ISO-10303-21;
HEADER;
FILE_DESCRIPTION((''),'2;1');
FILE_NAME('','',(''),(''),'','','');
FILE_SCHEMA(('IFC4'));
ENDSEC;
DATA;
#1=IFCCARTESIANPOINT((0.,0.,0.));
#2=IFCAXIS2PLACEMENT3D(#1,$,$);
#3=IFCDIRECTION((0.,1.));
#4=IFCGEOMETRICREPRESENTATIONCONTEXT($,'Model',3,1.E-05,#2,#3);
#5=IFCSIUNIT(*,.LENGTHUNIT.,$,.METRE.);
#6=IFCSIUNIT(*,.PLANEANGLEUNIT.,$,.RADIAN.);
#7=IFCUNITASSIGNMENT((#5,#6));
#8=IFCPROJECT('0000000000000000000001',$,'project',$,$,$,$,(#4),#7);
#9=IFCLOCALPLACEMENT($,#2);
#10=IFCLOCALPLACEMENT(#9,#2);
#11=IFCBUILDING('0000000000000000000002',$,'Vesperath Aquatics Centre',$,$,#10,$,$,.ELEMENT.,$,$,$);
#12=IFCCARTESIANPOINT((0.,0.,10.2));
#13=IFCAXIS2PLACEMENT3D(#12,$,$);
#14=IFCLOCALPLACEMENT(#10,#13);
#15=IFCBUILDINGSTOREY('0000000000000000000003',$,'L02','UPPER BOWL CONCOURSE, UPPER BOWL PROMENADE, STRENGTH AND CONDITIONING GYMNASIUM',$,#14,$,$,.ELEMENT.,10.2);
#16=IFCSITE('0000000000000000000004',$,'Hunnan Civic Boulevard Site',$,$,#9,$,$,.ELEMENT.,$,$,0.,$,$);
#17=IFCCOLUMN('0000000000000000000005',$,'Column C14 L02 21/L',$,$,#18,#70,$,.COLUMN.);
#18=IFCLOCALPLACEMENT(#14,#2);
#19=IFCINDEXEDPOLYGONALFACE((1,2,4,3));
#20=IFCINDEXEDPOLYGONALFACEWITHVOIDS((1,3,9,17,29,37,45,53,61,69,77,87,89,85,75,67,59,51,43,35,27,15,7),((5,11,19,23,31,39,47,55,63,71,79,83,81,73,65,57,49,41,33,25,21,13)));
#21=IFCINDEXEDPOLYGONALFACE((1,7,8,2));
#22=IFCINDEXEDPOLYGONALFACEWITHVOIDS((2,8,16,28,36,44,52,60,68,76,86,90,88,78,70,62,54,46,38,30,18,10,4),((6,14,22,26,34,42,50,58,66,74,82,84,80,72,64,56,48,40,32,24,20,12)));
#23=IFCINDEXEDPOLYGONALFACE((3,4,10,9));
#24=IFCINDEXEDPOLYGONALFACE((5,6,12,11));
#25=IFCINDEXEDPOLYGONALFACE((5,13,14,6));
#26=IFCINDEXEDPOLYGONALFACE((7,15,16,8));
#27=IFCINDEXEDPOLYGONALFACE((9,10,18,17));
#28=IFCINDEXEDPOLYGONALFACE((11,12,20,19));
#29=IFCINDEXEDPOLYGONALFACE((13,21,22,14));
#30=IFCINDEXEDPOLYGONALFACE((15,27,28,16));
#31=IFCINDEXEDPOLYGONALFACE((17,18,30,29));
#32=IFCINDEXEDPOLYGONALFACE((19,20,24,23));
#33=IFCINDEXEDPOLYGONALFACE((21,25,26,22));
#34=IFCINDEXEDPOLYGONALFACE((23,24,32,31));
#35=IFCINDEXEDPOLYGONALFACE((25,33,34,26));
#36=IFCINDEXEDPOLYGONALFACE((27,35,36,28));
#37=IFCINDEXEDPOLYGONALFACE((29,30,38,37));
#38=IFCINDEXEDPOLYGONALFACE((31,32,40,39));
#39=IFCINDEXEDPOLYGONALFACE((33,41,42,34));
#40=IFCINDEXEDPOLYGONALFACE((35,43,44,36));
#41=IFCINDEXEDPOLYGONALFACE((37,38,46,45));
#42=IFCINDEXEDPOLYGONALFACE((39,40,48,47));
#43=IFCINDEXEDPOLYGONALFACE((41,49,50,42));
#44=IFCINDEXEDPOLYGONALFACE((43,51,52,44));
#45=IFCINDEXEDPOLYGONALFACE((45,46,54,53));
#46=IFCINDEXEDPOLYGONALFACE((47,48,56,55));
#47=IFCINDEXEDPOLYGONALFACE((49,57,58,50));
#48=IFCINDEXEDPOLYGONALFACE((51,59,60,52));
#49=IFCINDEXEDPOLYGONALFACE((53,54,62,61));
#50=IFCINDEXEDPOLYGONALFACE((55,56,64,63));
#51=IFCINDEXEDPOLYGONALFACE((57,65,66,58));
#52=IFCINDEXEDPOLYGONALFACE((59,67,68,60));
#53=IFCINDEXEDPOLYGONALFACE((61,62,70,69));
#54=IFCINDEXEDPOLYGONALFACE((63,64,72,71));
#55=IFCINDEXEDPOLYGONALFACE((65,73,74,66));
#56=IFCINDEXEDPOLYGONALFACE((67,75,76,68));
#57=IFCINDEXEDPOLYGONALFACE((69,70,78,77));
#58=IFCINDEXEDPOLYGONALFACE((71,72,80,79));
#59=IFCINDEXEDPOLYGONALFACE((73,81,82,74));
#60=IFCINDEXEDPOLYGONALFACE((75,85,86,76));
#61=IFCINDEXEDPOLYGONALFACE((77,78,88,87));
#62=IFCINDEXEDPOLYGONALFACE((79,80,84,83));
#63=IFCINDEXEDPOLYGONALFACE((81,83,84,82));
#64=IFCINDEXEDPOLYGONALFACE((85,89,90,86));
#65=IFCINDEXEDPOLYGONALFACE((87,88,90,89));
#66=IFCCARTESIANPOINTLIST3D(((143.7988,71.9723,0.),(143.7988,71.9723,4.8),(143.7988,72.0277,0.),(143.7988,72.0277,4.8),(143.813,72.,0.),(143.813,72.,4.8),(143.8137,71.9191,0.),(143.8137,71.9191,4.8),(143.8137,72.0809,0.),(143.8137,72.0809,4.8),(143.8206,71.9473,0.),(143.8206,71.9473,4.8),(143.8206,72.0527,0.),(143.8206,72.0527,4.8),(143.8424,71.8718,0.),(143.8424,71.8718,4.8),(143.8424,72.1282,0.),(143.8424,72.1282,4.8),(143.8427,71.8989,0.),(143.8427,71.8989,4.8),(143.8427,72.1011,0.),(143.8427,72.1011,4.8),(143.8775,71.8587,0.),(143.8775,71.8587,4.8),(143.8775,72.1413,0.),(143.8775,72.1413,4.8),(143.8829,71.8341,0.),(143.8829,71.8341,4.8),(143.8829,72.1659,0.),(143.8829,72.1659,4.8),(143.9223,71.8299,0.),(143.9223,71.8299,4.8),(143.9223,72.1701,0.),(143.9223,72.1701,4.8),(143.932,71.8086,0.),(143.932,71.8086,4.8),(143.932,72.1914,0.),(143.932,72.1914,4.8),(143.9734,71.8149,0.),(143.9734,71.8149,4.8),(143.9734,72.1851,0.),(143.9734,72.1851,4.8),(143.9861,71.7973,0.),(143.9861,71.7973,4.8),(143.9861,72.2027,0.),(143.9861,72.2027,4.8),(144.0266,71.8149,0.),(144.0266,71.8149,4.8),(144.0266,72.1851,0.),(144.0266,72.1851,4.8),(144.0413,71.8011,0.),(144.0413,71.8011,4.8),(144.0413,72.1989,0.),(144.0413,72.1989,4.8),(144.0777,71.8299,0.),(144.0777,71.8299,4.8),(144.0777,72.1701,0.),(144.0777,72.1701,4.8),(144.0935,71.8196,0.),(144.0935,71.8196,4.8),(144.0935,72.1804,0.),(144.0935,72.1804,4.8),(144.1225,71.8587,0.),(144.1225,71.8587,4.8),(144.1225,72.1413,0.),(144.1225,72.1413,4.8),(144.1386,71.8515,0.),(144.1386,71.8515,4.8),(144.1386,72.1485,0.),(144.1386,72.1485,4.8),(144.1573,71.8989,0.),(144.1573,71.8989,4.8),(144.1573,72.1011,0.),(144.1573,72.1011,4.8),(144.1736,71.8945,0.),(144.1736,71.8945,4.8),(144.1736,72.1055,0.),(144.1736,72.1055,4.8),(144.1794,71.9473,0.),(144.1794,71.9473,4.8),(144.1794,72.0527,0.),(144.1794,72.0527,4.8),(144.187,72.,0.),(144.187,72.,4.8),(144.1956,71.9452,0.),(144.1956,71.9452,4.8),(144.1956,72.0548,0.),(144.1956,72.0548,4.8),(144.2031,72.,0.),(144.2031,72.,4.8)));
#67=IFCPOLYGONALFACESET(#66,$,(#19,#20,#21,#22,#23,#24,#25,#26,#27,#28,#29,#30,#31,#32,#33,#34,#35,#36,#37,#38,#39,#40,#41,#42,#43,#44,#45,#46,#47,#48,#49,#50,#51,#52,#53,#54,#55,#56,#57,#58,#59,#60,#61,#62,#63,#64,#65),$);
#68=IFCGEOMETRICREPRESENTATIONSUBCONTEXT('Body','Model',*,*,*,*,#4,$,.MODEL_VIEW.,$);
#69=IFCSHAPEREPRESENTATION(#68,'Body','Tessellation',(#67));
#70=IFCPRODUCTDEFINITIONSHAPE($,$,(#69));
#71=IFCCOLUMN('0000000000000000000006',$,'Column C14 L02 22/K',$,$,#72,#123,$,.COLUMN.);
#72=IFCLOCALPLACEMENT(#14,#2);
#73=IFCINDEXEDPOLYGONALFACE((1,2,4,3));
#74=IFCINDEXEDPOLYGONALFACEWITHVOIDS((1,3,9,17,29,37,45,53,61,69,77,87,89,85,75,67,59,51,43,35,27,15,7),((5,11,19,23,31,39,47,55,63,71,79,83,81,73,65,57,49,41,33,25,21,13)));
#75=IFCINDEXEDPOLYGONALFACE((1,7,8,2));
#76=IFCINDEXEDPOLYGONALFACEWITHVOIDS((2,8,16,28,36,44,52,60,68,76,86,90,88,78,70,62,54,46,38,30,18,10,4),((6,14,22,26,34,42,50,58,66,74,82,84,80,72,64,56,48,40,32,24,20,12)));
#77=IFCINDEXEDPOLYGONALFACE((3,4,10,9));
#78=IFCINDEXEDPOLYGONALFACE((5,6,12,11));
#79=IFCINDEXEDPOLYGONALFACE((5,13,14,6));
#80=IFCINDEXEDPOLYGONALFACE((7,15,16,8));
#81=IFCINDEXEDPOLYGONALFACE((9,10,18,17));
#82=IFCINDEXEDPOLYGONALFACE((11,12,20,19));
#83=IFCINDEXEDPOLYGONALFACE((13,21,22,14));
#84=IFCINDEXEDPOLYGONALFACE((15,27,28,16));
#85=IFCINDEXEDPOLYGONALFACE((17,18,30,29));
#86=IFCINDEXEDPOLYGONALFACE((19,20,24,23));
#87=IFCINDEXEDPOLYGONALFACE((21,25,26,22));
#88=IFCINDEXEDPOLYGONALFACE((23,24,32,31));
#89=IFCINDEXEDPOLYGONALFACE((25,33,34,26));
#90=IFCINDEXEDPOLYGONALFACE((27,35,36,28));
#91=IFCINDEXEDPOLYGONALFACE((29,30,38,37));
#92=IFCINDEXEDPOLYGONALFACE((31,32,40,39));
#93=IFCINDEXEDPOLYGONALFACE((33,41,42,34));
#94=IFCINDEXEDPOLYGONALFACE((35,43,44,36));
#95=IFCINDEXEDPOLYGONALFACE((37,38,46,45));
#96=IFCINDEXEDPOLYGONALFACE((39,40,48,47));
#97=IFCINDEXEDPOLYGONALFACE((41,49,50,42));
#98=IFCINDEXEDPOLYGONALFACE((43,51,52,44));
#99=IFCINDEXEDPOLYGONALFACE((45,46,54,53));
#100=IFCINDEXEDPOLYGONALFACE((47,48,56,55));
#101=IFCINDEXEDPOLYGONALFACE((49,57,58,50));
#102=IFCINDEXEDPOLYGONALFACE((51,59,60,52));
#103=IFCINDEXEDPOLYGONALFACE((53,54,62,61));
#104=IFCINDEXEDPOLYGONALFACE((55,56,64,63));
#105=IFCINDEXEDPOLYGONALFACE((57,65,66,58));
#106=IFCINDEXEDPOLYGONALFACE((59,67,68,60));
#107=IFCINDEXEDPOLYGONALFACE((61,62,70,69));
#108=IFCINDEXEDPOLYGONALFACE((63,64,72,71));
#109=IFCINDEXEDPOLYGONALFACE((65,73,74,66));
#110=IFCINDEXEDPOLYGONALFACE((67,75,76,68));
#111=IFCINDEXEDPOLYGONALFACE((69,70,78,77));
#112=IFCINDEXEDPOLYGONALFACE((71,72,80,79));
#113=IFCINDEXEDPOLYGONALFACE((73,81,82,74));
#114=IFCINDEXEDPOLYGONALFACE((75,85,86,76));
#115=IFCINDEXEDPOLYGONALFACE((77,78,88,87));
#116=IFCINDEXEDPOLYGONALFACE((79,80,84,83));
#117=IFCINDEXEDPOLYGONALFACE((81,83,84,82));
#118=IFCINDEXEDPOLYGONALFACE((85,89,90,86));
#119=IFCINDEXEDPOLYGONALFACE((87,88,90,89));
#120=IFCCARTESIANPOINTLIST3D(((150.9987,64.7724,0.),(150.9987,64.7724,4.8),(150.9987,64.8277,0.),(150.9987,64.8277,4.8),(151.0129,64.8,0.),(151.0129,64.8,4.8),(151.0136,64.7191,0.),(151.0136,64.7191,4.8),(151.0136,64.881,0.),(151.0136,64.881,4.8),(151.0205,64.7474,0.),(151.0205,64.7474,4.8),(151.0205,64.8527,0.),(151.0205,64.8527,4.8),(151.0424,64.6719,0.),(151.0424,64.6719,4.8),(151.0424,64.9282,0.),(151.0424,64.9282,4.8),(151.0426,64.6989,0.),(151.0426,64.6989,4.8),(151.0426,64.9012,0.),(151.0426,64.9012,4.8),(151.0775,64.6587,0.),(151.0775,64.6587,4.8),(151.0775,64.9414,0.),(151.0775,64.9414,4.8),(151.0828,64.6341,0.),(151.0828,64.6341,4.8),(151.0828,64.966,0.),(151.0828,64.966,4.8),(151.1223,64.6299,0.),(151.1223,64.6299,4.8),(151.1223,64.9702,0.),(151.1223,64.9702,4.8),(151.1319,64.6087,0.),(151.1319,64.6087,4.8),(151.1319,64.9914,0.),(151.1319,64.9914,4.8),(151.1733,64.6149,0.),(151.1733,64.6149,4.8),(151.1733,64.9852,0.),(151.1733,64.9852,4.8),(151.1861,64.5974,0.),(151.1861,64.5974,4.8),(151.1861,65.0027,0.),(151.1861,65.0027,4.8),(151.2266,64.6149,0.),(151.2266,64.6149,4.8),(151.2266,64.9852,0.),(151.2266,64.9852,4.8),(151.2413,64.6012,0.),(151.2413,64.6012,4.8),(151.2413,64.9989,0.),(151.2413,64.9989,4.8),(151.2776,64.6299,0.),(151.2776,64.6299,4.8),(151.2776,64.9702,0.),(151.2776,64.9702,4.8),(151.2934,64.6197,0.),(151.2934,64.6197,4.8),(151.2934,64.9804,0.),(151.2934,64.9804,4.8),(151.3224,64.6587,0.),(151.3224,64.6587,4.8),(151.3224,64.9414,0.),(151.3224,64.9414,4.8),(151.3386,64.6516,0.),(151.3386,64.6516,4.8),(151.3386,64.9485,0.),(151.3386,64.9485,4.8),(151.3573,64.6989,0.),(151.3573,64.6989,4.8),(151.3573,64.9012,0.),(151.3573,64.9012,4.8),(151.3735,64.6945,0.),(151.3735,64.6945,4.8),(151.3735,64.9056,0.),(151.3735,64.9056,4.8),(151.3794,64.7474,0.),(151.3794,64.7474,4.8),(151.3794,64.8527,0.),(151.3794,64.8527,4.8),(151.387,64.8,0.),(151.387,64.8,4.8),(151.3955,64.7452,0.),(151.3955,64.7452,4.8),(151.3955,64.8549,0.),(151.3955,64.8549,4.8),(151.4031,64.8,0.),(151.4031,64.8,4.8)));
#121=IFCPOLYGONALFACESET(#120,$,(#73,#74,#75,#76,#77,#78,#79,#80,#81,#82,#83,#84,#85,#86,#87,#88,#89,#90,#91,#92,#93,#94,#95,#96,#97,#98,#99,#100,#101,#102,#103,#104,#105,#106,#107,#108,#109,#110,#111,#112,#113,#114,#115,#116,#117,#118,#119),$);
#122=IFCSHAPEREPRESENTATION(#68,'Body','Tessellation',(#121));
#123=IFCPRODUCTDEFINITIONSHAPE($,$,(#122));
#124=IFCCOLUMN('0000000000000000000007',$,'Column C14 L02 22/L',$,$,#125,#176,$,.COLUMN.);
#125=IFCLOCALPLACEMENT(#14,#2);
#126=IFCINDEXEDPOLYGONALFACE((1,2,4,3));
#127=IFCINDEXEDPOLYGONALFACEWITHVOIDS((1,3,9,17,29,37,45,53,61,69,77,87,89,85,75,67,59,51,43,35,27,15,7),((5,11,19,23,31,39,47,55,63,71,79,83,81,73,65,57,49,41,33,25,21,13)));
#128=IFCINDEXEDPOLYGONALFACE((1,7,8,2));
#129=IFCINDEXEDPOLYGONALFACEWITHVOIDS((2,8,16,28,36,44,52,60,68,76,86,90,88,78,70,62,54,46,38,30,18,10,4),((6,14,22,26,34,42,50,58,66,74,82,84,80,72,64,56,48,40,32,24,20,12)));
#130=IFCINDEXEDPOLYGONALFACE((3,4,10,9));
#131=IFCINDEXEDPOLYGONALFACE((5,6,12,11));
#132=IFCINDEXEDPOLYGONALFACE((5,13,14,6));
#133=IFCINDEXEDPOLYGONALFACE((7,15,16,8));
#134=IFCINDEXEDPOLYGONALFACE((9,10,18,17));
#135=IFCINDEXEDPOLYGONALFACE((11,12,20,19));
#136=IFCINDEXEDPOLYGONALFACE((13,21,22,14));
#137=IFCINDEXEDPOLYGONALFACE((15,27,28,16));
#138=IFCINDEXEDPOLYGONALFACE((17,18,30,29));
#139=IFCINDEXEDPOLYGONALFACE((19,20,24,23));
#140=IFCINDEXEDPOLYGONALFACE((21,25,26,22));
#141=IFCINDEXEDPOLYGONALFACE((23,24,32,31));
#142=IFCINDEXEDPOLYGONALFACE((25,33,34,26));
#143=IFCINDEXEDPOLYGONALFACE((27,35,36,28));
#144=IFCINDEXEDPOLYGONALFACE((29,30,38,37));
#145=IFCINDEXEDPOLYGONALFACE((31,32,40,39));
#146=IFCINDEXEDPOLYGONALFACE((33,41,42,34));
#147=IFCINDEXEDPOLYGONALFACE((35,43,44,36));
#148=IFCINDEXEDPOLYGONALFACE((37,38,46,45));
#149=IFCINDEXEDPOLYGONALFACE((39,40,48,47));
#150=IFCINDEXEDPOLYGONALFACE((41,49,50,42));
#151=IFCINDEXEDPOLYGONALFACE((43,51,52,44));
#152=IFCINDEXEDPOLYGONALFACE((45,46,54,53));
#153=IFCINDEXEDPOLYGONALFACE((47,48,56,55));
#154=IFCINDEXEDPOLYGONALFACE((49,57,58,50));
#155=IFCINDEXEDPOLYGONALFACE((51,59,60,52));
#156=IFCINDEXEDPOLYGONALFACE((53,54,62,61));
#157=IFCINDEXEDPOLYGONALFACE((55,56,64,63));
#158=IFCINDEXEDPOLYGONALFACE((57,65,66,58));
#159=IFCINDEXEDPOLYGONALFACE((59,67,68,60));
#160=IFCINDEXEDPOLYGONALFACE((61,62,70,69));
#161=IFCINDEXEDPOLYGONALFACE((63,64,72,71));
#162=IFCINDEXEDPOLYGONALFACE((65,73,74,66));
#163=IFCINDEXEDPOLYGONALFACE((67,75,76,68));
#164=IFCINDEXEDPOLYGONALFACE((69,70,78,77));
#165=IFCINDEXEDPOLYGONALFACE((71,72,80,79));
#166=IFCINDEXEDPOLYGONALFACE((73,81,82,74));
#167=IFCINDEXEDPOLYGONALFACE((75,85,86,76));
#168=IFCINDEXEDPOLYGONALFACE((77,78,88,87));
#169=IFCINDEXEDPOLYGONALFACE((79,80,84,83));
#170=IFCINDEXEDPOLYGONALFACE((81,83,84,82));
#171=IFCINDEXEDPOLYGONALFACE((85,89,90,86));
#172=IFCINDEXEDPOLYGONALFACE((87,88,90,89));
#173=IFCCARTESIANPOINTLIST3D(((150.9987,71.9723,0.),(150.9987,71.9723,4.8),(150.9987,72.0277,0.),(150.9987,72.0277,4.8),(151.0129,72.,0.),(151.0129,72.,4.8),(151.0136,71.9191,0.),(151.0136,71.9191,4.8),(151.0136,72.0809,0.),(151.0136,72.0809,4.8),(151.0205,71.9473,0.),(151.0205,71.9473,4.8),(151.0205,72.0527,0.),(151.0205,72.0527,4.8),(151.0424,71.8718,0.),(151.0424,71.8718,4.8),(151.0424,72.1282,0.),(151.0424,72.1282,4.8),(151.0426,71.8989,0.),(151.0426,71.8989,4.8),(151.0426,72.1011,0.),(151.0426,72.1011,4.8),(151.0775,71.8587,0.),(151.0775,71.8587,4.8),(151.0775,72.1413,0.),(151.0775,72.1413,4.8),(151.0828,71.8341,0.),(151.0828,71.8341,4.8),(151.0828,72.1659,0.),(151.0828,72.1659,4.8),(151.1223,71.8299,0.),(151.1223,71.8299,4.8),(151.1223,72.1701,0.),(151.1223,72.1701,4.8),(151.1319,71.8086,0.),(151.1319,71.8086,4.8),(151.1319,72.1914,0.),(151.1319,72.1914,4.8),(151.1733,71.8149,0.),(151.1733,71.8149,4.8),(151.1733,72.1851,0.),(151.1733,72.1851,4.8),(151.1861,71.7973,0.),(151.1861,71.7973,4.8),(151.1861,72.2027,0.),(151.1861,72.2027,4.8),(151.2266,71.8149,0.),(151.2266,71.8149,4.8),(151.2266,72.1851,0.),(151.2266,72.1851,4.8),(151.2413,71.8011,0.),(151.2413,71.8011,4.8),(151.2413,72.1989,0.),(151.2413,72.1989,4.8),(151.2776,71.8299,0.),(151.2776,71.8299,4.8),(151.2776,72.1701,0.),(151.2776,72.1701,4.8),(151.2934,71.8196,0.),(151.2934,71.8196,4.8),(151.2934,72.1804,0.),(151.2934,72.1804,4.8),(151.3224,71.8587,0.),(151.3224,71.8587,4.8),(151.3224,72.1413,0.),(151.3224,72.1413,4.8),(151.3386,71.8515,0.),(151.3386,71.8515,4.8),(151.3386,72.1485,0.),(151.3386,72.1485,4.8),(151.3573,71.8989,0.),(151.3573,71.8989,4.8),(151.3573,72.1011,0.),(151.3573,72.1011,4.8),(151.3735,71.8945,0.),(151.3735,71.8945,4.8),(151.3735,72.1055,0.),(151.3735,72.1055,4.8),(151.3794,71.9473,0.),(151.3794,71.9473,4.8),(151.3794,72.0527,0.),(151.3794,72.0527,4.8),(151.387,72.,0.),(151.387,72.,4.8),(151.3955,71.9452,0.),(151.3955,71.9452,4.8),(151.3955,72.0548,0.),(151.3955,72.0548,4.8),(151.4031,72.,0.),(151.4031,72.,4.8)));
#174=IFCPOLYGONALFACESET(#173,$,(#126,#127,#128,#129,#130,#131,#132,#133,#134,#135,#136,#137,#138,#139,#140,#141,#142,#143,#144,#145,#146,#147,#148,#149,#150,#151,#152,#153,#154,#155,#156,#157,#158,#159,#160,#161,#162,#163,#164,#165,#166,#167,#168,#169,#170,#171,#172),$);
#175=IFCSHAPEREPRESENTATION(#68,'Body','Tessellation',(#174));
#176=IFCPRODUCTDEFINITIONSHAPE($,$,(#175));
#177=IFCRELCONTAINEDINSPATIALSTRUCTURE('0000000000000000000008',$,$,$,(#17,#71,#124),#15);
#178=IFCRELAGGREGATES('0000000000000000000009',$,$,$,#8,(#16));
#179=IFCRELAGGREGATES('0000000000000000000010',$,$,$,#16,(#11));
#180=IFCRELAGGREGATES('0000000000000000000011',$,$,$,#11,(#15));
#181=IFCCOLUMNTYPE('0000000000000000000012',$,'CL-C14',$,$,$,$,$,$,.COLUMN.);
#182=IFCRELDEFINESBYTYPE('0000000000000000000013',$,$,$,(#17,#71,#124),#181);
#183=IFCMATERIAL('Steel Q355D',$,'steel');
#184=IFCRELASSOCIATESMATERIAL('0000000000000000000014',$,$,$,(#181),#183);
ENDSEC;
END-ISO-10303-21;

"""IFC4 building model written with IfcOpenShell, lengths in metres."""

from ifc_helpers import new_model, si_unit, direction, frame, origin, origin_2d, place, context, subcontext, project, spatial, hollow_circle, extrude, material, material_profile, profile_set, type_object, element, save


model = new_model("IFC4")

# Units and contexts
model_context = context("Model", 3, precision=1e-05, world=origin(), true_north=direction((0.0, 1.0)))
body_context = subcontext(model_context, "Body", "Model", "MODEL_VIEW")
ifc_project = project(units=[si_unit("LENGTHUNIT", "METRE"), si_unit("PLANEANGLEUNIT", "RADIAN")], contexts=[model_context])

# Site, building, storey
site_placement = place(None, origin())
site = spatial("IfcSite", under=ifc_project, at=site_placement, Name="Hunnan Civic Boulevard Site", CompositionType="ELEMENT", RefElevation=0.0)
building_placement = place(site_placement, origin())
building = spatial("IfcBuilding", under=site, at=building_placement, Name="Vesperath Aquatics Centre", CompositionType="ELEMENT")
storey_placement = place(building_placement, frame((0.0, 0.0, 10.2)))
storey = spatial("IfcBuildingStorey", under=building, at=storey_placement, Name="L02", Description="UPPER BOWL CONCOURSE, UPPER BOWL PROMENADE, STRENGTH AND CONDITIONING GYMNASIUM", CompositionType="ELEMENT", Elevation=10.2)

# Columns
ifc_material_1 = material(Name="Steel Q355D", Category="steel")
ifc_material_profile_1 = material_profile(ifc_material_1, hollow_circle(Radius=0.2031, WallThickness=0.0161, at=origin_2d()), Name="CHS 406.4x16")
ifc_profile_set_1 = profile_set([ifc_material_profile_1], Name="Steel Q355D")
column_type = type_object("IfcColumnType", Name="CL-C14", PredefinedType="COLUMN", material=ifc_profile_set_1)
for number, where, z_axis, x_axis, name in (
    (1, (144.0, 72.0, 0.0), (0.0, 0.0, 1.0), (1.0, 0.0, 0.0), "Column C14 L02 21/L"),
    (2, (151.2, 64.8, 0.0), (0.0, 0.0, 1.0), (1.0, 0.0, 0.0), "Column C14 L02 22/K"),
    (3, (151.2, 72.0, 0.0), (0.0, 0.0, 1.0), (1.0, 0.0, 0.0), "Column C14 L02 22/L"),
):
    element("IfcColumn", number, at=place(storey_placement, frame(where, z_axis=z_axis, x_axis=x_axis)), inside=storey, type_object=column_type, Name=name, PredefinedType="COLUMN", context=body_context, shape_type="SweptSolid", body=[
        extrude(hollow_circle(Radius=0.2031, WallThickness=0.0161, at=origin_2d()), origin(), (0.0, 0.0, 1.0), 4.8),
    ])

save(model, "model.ifc")
